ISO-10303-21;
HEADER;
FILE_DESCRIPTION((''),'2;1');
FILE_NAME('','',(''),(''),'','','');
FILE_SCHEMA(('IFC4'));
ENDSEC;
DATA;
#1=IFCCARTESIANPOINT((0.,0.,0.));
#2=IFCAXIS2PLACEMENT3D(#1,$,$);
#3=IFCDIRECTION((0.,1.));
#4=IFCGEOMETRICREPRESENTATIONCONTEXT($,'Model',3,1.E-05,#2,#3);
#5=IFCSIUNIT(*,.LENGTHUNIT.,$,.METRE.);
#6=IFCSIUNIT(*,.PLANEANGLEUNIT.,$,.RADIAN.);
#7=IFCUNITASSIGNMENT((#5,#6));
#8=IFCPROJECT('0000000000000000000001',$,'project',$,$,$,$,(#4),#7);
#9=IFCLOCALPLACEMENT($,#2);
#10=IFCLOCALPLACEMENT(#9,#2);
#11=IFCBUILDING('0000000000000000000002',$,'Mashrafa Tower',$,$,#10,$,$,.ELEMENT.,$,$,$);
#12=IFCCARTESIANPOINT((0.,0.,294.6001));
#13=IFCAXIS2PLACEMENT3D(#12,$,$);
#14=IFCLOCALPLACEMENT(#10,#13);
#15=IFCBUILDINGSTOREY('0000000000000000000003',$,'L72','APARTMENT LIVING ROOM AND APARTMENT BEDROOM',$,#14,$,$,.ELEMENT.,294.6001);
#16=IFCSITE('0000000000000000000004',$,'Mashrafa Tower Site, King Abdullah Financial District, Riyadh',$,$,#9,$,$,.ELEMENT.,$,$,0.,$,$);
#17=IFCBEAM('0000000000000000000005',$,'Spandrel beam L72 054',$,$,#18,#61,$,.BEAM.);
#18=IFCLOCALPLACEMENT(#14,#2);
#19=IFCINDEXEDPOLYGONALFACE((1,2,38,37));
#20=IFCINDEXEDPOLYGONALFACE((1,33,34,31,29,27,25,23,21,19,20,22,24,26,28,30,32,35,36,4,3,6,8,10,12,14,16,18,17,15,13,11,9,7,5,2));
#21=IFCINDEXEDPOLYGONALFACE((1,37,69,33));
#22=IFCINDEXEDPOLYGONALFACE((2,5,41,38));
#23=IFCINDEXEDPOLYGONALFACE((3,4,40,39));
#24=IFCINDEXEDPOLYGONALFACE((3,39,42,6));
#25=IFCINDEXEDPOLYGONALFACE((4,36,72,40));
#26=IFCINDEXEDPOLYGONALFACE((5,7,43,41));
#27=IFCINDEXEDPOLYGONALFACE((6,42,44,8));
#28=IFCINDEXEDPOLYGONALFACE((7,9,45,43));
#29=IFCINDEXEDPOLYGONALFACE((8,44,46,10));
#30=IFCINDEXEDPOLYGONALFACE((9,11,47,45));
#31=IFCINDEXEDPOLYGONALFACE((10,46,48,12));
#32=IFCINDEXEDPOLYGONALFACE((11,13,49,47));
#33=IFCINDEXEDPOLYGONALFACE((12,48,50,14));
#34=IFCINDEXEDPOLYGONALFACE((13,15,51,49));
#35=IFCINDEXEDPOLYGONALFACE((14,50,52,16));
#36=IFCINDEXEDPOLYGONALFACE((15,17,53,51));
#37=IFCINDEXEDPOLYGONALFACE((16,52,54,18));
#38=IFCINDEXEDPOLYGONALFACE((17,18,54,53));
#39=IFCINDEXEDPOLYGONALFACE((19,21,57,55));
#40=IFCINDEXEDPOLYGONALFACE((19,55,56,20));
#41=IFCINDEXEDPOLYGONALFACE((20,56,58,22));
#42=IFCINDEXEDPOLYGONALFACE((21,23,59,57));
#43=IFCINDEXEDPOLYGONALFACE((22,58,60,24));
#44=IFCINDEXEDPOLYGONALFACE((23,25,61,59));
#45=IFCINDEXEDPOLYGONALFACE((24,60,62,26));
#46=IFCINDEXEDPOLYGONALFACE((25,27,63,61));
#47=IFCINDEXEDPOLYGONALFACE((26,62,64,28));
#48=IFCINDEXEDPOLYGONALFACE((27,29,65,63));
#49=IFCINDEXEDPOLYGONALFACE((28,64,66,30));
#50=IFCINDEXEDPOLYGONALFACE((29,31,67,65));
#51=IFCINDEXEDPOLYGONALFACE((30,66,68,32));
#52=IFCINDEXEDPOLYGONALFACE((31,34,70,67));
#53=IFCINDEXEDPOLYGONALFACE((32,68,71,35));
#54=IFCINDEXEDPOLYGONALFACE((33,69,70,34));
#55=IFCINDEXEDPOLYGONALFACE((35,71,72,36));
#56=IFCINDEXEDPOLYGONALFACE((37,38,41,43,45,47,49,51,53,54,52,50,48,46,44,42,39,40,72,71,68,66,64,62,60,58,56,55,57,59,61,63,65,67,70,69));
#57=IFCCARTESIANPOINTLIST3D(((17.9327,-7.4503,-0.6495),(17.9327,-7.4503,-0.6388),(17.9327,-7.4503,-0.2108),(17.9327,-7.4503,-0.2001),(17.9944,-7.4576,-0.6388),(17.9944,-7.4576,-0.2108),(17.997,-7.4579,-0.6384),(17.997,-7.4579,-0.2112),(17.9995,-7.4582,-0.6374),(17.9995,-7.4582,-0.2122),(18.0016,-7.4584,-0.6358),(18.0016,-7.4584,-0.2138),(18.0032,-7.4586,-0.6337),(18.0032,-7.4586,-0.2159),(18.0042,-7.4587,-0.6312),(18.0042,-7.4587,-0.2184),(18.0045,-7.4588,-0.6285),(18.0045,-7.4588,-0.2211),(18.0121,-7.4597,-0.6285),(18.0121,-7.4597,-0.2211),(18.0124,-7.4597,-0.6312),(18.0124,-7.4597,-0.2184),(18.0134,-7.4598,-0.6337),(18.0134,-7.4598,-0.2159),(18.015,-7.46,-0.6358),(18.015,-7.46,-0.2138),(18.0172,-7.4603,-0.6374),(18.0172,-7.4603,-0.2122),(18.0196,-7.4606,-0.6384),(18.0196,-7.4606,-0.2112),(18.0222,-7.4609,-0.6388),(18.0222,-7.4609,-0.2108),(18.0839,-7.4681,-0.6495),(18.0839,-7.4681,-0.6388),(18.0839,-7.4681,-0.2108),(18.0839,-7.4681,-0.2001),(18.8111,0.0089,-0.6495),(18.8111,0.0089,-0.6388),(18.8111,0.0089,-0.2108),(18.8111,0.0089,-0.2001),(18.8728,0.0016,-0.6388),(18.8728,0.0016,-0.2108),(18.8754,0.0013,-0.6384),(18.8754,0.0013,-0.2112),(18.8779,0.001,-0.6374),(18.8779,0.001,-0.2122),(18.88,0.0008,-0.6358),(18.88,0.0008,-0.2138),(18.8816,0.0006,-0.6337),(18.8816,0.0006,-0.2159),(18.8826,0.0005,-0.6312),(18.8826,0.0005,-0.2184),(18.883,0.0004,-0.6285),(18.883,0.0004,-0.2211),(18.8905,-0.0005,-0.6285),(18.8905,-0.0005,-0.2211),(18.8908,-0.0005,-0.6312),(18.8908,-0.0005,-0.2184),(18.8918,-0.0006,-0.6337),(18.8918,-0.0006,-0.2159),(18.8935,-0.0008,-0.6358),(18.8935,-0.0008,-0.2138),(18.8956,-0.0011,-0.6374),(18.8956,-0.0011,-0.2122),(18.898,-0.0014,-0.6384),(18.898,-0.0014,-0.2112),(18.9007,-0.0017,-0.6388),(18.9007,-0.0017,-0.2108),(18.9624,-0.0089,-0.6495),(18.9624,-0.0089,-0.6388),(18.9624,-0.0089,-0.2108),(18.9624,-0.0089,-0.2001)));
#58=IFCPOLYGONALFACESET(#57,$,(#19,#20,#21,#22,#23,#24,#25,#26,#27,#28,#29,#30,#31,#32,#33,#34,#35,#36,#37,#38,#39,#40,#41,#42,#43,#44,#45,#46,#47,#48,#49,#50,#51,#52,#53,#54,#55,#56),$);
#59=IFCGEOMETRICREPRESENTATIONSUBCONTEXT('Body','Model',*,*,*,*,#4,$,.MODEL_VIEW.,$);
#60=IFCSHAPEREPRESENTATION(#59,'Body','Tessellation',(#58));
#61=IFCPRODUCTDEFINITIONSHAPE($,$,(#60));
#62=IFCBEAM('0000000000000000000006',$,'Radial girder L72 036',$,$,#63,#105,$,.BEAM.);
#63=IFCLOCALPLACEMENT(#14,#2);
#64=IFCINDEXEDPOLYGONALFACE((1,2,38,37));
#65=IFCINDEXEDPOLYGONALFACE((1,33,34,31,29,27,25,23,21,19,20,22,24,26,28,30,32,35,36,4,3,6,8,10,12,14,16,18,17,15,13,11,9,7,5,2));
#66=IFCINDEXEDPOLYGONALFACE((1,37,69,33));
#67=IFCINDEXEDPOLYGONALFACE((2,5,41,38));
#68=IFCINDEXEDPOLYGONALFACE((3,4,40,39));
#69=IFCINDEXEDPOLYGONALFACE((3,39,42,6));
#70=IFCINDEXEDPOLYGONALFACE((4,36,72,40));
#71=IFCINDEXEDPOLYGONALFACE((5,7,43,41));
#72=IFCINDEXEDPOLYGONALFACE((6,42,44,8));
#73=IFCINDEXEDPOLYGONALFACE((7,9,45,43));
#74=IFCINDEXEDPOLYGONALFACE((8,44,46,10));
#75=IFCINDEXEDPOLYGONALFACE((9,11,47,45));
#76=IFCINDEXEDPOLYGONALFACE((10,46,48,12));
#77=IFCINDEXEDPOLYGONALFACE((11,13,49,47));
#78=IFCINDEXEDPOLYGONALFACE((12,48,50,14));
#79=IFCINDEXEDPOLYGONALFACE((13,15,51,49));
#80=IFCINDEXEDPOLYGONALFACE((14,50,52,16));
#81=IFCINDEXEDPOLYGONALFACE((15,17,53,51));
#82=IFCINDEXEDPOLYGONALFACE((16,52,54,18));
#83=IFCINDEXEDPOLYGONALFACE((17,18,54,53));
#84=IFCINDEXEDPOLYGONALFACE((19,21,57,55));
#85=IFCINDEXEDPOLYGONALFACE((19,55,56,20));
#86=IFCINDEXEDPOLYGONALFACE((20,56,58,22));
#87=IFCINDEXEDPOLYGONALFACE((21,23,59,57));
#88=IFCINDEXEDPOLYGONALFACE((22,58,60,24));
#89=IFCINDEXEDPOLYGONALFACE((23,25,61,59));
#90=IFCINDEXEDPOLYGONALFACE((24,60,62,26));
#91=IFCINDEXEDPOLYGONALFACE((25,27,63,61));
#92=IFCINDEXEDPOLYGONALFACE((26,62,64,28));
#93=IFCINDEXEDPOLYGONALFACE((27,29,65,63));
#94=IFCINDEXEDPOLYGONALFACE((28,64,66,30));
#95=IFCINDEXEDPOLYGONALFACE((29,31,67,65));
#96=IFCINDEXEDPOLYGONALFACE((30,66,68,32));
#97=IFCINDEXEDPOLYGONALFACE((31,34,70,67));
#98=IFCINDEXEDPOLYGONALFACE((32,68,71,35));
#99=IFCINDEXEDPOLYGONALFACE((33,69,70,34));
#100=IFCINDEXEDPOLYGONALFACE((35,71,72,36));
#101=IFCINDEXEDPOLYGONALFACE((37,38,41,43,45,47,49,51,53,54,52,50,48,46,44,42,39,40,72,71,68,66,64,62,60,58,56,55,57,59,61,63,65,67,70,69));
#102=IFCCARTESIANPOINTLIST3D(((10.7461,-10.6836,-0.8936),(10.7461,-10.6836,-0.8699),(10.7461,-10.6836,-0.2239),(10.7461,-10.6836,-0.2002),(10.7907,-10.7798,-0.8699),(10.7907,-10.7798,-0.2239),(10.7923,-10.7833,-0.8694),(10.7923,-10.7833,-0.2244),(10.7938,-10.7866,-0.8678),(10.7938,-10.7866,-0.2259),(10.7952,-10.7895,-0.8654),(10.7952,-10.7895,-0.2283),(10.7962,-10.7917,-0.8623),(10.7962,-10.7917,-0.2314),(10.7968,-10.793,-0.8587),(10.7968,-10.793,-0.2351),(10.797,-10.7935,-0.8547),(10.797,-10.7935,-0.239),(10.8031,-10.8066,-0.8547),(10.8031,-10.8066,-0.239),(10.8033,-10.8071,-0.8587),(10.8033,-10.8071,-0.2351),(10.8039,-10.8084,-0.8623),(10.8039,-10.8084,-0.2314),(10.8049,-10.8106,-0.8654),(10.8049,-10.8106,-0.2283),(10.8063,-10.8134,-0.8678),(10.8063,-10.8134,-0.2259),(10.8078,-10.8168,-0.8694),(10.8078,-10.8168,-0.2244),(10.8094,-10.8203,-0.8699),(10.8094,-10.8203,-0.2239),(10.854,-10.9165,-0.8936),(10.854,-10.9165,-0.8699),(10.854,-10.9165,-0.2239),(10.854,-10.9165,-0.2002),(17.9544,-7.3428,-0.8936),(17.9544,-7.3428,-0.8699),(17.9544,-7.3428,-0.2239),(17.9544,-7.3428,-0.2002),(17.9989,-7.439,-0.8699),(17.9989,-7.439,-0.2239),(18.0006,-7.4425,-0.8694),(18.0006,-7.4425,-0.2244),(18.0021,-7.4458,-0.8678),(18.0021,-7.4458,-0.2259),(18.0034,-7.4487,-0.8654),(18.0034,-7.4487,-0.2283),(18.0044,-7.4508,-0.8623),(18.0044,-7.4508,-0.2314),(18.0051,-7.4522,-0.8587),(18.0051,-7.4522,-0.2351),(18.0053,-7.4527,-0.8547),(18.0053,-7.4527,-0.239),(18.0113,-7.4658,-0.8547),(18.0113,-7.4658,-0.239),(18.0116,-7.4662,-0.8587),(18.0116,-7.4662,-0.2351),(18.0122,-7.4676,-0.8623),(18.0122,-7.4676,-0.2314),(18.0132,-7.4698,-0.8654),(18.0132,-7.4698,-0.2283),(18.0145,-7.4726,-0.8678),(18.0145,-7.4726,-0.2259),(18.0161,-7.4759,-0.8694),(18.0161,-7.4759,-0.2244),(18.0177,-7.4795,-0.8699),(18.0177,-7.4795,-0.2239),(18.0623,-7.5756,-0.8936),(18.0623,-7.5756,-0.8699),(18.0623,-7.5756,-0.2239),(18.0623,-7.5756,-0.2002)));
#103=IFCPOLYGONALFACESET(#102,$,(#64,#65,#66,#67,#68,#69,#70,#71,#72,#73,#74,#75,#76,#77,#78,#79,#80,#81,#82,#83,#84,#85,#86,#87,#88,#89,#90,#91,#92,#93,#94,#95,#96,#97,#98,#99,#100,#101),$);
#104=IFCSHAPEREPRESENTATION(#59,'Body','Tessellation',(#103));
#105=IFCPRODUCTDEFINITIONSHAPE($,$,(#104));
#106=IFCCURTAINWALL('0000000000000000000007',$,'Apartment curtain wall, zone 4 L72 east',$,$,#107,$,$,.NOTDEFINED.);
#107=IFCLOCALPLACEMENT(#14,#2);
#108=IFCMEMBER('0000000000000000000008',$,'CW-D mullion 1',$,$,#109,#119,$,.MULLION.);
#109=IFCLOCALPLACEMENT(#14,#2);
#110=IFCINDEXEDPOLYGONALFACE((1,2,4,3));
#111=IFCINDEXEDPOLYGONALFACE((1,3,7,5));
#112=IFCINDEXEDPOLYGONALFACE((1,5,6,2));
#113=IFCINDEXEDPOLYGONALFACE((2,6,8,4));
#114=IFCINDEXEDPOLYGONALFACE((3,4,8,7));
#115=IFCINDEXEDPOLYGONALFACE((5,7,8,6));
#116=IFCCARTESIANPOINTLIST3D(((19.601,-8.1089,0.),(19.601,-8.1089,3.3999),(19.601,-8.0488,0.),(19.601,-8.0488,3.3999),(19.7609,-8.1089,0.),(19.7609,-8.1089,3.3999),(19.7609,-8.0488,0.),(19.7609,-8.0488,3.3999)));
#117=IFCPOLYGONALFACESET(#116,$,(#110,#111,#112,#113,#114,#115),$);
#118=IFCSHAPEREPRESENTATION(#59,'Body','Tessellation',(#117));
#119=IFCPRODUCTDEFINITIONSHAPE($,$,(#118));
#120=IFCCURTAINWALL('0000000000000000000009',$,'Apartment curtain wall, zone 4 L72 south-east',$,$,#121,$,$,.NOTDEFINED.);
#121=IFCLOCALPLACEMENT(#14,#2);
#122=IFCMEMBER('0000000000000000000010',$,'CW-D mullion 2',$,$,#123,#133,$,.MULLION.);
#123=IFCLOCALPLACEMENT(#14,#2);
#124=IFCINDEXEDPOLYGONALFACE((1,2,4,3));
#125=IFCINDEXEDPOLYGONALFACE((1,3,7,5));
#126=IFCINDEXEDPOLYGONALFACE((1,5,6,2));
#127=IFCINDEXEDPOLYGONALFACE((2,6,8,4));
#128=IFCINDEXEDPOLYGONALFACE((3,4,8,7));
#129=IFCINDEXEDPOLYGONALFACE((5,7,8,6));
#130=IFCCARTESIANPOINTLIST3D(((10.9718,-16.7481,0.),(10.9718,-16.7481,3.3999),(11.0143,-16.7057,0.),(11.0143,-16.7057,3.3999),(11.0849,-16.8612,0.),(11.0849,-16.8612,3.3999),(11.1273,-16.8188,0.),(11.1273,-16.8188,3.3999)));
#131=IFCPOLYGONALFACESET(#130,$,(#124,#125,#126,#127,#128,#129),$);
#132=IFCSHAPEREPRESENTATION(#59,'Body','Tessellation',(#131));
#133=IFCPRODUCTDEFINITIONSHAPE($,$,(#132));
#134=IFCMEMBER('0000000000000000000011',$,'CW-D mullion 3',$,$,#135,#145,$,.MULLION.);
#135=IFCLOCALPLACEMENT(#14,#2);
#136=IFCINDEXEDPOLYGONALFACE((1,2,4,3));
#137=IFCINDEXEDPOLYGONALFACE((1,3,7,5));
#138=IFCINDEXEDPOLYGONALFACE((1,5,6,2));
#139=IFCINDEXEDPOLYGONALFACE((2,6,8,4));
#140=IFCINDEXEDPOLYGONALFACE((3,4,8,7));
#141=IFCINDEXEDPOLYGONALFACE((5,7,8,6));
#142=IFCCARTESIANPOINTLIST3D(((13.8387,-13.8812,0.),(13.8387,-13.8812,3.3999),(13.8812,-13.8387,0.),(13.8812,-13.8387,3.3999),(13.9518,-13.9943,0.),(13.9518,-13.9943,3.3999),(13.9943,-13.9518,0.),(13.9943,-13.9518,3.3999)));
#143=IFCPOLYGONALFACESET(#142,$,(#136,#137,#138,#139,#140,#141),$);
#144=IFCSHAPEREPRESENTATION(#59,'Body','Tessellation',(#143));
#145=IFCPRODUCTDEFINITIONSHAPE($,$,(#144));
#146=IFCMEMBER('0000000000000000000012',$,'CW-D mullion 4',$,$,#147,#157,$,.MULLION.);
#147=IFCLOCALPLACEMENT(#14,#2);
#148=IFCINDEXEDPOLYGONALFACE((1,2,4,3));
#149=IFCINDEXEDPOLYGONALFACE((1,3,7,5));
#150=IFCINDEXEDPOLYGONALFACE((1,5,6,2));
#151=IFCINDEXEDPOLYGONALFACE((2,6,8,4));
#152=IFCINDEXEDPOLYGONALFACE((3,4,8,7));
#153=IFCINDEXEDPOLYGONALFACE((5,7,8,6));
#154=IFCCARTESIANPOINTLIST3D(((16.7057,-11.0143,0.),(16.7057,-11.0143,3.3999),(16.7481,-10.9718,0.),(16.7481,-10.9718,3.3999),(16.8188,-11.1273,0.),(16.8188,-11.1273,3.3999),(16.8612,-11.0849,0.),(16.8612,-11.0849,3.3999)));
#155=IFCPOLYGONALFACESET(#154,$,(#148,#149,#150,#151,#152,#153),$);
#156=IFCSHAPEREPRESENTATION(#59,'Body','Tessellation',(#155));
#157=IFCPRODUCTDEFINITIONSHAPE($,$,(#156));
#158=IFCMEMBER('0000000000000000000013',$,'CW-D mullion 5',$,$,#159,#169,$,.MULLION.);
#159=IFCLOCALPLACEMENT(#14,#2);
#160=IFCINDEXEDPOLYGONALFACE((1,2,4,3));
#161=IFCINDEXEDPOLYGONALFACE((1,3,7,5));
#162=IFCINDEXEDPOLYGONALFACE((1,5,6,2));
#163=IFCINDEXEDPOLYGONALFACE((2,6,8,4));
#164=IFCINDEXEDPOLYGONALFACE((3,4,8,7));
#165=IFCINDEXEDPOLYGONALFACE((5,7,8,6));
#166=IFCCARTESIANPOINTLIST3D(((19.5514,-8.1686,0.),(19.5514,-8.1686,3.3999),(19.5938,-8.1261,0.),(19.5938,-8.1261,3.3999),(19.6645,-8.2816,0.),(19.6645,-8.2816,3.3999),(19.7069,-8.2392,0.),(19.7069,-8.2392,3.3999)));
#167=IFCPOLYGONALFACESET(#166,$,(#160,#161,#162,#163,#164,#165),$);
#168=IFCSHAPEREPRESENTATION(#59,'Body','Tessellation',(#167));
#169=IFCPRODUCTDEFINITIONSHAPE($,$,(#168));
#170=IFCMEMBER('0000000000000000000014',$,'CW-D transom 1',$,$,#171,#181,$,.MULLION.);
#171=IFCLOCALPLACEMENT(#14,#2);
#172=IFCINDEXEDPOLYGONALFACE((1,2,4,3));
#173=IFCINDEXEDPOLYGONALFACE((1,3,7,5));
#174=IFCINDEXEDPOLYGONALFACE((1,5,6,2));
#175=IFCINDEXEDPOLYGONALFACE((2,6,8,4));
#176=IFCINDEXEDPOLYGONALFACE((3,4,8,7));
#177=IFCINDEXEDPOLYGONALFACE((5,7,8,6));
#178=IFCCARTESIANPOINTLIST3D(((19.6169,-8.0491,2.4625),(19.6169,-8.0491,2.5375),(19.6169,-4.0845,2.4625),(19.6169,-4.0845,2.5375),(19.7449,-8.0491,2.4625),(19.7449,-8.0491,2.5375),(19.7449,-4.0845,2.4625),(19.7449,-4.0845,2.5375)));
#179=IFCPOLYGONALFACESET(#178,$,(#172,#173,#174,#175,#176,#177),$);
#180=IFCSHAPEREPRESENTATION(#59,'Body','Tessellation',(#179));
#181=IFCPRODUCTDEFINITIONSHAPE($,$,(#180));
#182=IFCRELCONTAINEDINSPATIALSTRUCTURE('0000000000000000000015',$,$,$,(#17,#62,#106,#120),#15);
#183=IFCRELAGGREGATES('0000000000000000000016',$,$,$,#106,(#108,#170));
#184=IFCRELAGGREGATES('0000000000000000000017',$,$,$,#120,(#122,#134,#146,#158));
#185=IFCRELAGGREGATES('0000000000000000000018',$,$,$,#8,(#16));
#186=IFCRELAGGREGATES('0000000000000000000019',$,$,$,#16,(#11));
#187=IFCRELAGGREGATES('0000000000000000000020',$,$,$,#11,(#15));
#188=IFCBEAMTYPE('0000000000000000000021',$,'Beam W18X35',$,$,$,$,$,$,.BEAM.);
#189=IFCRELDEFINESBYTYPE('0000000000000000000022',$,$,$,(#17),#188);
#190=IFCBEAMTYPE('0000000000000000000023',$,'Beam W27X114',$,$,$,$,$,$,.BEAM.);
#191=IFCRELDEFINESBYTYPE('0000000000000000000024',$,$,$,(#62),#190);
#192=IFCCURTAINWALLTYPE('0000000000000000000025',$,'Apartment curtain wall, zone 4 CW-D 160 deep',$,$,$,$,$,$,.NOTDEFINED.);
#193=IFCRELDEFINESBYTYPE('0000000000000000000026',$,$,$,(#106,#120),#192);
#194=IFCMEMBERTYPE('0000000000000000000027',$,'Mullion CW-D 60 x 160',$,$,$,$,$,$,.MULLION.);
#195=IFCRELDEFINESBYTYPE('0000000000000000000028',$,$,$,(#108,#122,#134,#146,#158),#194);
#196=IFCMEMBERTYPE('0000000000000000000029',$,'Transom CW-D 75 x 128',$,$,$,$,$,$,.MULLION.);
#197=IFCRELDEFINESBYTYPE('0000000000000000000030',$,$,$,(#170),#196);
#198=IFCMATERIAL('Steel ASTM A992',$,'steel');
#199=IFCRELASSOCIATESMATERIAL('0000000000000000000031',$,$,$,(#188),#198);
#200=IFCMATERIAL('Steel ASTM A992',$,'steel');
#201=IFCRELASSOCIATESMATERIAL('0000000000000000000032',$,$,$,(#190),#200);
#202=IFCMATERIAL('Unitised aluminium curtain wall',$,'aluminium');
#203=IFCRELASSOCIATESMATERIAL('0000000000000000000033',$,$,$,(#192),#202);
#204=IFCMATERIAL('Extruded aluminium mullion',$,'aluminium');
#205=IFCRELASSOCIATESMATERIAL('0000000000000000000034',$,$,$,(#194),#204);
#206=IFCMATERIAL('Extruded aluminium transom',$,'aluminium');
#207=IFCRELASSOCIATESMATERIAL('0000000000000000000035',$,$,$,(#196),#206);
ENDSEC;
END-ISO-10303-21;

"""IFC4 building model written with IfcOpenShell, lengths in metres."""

from ifc_helpers import new_model, si_unit, direction, frame, origin, origin_2d, place, context, subcontext, project, spatial, rectangle, i_section, extrude, source, transform, mapped, material, material_profile, profile_set, type_object, type_shapes, element, aggregate, save


model = new_model("IFC4")

# Units and contexts
model_context = context("Model", 3, precision=1e-05, world=origin(), true_north=direction((0.0, 1.0)))
body_context = subcontext(model_context, "Body", "Model", "MODEL_VIEW")
ifc_project = project(units=[si_unit("LENGTHUNIT", "METRE"), si_unit("PLANEANGLEUNIT", "RADIAN")], contexts=[model_context])

# Site, building, storey
site_placement = place(None, origin())
site = spatial("IfcSite", under=ifc_project, at=site_placement, Name="Mashrafa Tower Site, King Abdullah Financial District, Riyadh", CompositionType="ELEMENT", RefElevation=0.0)
building_placement = place(site_placement, origin())
building = spatial("IfcBuilding", under=site, at=building_placement, Name="Mashrafa Tower", CompositionType="ELEMENT")
storey_placement = place(building_placement, frame((0.0, 0.0, 294.6001)))
storey = spatial("IfcBuildingStorey", under=building, at=storey_placement, Name="L72", Description="APARTMENT LIVING ROOM AND APARTMENT BEDROOM", CompositionType="ELEMENT", Elevation=294.6001)

# Beams
ifc_material_1 = material(Name="Steel ASTM A992", Category="steel")
ifc_material_profile_1 = material_profile(ifc_material_1, i_section(OverallWidth=0.1523, OverallDepth=0.4495, WebThickness=0.0076, FlangeThickness=0.0107, FilletRadius=0.0103, at=origin_2d()), Name="W18X35")
ifc_profile_set_1 = profile_set([ifc_material_profile_1], Name="Steel ASTM A992")
beam_type_1 = type_object("IfcBeamType", Name="Beam W18X35", PredefinedType="BEAM", material=ifc_profile_set_1)
for number, where, z_axis, x_axis, name in (
    (1, (18.0083, -7.4592, -0.4248), (0.116954, 0.993137, 0.0), (-0.993137, 0.116954, 0.0), "Spandrel beam L72 054"),
):
    element("IfcBeam", number, at=place(storey_placement, frame(where, z_axis=z_axis, x_axis=x_axis)), inside=storey, type_object=beam_type_1, Name=name, PredefinedType="BEAM", context=body_context, shape_type="SweptSolid", body=[
        extrude(i_section(OverallWidth=0.1523, OverallDepth=0.4495, WebThickness=0.0076, FlangeThickness=0.0107, FilletRadius=0.0103, at=origin_2d()), origin(), (0.0, 0.0, 1.0), 7.5107),
    ])
ifc_material_2 = material(Name="Steel ASTM A992", Category="steel")
ifc_material_profile_2 = material_profile(ifc_material_2, i_section(OverallWidth=0.2566, OverallDepth=0.6934, WebThickness=0.0144, FlangeThickness=0.0237, FilletRadius=0.0151, at=origin_2d()), Name="W27X114")
ifc_profile_set_2 = profile_set([ifc_material_profile_2], Name="Steel ASTM A992")
beam_type_2 = type_object("IfcBeamType", Name="Beam W27X114", PredefinedType="BEAM", material=ifc_profile_set_2)
beam_placement = place(storey_placement, frame((10.8, -10.8, -0.5469), z_axis=(0.907291, 0.420504, 0.0), x_axis=(-0.420504, 0.907291, 0.0)))
element("IfcBeam", 2, at=beam_placement, inside=storey, type_object=beam_type_2, Name="Radial girder L72 036", PredefinedType="BEAM", context=body_context, shape_type="SweptSolid", body=[
    extrude(i_section(OverallWidth=0.2566, OverallDepth=0.6934, WebThickness=0.0144, FlangeThickness=0.0237, FilletRadius=0.0151, at=origin_2d()), origin(), (0.0, 0.0, 1.0), 7.9448),
])

# Curtain wall, member
ifc_material_3 = material(Name="Unitised aluminium curtain wall", Category="aluminium")
curtain_wall_type = type_object("IfcCurtainWallType", Name="Apartment curtain wall, zone 4 CW-D 160 deep", PredefinedType="NOTDEFINED", material=ifc_material_3)
curtain_wall_1_placement = place(storey_placement, origin())
curtain_wall_1 = element("IfcCurtainWall", 3, at=curtain_wall_1_placement, inside=storey, type_object=curtain_wall_type, Name="Apartment curtain wall, zone 4 L72 east", PredefinedType="NOTDEFINED")
ifc_material_4 = material(Name="Extruded aluminium mullion", Category="aluminium")
ifc_material_profile_3 = material_profile(ifc_material_4, rectangle(XDim=0.1599, YDim=0.0601, at=origin_2d()), Name="Mullion 60x160")
ifc_profile_set_3 = profile_set([ifc_material_profile_3], Name="Extruded aluminium mullion")
member_type_1 = type_object("IfcMemberType", Name="Mullion CW-D 60 x 160", PredefinedType="MULLION", material=ifc_profile_set_3)
shared_shape_1 = source(origin(), body_context, "Body", "SweptSolid", [
    extrude(rectangle(XDim=0.1599, YDim=0.0601, at=origin_2d()), origin(), (0.0, 0.0, 1.0), 3.3999),
])
type_shapes(member_type_1, [shared_shape_1])
member_1_placement = place(storey_placement, frame((19.6809, -8.0789, 0.0), z_axis=(0.0, 0.0, 1.0), x_axis=(-1.0, 0.0, 0.0)))
member_1 = element("IfcMember", 4, at=member_1_placement, type_object=member_type_1, Name="CW-D mullion 1", PredefinedType="MULLION", context=body_context, shape_type="MappedRepresentation", body=[
    mapped(shared_shape_1, transform((0.0, 0.0, 0.0))),
])

# Curtain wall, members
curtain_wall_2_placement = place(storey_placement, origin())
curtain_wall_2 = element("IfcCurtainWall", 5, at=curtain_wall_2_placement, inside=storey, type_object=curtain_wall_type, Name="Apartment curtain wall, zone 4 L72 south-east", PredefinedType="NOTDEFINED")
member_2_placement = place(storey_placement, frame((11.0496, -16.7834, 0.0), z_axis=(0.0, 0.0, 1.0), x_axis=(-0.707107, 0.707107, 0.0)))
member_2 = element("IfcMember", 6, at=member_2_placement, type_object=member_type_1, Name="CW-D mullion 2", PredefinedType="MULLION", context=body_context, shape_type="MappedRepresentation", body=[
    mapped(shared_shape_1, transform((0.0, 0.0, 0.0))),
])
member_3_placement = place(storey_placement, frame((13.9165, -13.9165, 0.0), z_axis=(0.0, 0.0, 1.0), x_axis=(-0.707107, 0.707107, 0.0)))
member_3 = element("IfcMember", 7, at=member_3_placement, type_object=member_type_1, Name="CW-D mullion 3", PredefinedType="MULLION", context=body_context, shape_type="MappedRepresentation", body=[
    mapped(shared_shape_1, transform((0.0, 0.0, 0.0))),
])
member_4_placement = place(storey_placement, frame((16.7834, -11.0496, 0.0), z_axis=(0.0, 0.0, 1.0), x_axis=(-0.707107, 0.707107, 0.0)))
member_4 = element("IfcMember", 8, at=member_4_placement, type_object=member_type_1, Name="CW-D mullion 4", PredefinedType="MULLION", context=body_context, shape_type="MappedRepresentation", body=[
    mapped(shared_shape_1, transform((0.0, 0.0, 0.0))),
])
member_5_placement = place(storey_placement, frame((19.6292, -8.2039, 0.0), z_axis=(0.0, 0.0, 1.0), x_axis=(-0.707107, 0.707107, 0.0)))
member_5 = element("IfcMember", 9, at=member_5_placement, type_object=member_type_1, Name="CW-D mullion 5", PredefinedType="MULLION", context=body_context, shape_type="MappedRepresentation", body=[
    mapped(shared_shape_1, transform((0.0, 0.0, 0.0))),
])

# Member
ifc_material_5 = material(Name="Extruded aluminium transom", Category="aluminium")
ifc_material_profile_4 = material_profile(ifc_material_5, rectangle(XDim=0.1279, YDim=0.075, at=origin_2d()), Name="Transom 75x128")
ifc_profile_set_4 = profile_set([ifc_material_profile_4], Name="Extruded aluminium transom")
member_type_2 = type_object("IfcMemberType", Name="Transom CW-D 75 x 128", PredefinedType="MULLION", material=ifc_profile_set_4)
shared_shape_2 = source(origin(), body_context, "Body", "SweptSolid", [
    extrude(rectangle(XDim=0.1279, YDim=0.075, at=origin_2d()), origin(), (0.0, 0.0, 1.0), 3.9646),
])
member_6_placement = place(storey_placement, frame((19.6809, -8.0491, 2.5), z_axis=(0.0, 1.0, 0.0), x_axis=(-1.0, 0.0, 0.0)))
member_6 = element("IfcMember", 10, at=member_6_placement, type_object=member_type_2, Name="CW-D transom 1", PredefinedType="MULLION", context=body_context, shape_type="MappedRepresentation", body=[
    mapped(shared_shape_2, transform((0.0, 0.0, 0.0))),
])
aggregate(curtain_wall_1, [member_1, member_6])

aggregate(curtain_wall_2, [member_2, member_3, member_4, member_5])

save(model, "model.ifc")
